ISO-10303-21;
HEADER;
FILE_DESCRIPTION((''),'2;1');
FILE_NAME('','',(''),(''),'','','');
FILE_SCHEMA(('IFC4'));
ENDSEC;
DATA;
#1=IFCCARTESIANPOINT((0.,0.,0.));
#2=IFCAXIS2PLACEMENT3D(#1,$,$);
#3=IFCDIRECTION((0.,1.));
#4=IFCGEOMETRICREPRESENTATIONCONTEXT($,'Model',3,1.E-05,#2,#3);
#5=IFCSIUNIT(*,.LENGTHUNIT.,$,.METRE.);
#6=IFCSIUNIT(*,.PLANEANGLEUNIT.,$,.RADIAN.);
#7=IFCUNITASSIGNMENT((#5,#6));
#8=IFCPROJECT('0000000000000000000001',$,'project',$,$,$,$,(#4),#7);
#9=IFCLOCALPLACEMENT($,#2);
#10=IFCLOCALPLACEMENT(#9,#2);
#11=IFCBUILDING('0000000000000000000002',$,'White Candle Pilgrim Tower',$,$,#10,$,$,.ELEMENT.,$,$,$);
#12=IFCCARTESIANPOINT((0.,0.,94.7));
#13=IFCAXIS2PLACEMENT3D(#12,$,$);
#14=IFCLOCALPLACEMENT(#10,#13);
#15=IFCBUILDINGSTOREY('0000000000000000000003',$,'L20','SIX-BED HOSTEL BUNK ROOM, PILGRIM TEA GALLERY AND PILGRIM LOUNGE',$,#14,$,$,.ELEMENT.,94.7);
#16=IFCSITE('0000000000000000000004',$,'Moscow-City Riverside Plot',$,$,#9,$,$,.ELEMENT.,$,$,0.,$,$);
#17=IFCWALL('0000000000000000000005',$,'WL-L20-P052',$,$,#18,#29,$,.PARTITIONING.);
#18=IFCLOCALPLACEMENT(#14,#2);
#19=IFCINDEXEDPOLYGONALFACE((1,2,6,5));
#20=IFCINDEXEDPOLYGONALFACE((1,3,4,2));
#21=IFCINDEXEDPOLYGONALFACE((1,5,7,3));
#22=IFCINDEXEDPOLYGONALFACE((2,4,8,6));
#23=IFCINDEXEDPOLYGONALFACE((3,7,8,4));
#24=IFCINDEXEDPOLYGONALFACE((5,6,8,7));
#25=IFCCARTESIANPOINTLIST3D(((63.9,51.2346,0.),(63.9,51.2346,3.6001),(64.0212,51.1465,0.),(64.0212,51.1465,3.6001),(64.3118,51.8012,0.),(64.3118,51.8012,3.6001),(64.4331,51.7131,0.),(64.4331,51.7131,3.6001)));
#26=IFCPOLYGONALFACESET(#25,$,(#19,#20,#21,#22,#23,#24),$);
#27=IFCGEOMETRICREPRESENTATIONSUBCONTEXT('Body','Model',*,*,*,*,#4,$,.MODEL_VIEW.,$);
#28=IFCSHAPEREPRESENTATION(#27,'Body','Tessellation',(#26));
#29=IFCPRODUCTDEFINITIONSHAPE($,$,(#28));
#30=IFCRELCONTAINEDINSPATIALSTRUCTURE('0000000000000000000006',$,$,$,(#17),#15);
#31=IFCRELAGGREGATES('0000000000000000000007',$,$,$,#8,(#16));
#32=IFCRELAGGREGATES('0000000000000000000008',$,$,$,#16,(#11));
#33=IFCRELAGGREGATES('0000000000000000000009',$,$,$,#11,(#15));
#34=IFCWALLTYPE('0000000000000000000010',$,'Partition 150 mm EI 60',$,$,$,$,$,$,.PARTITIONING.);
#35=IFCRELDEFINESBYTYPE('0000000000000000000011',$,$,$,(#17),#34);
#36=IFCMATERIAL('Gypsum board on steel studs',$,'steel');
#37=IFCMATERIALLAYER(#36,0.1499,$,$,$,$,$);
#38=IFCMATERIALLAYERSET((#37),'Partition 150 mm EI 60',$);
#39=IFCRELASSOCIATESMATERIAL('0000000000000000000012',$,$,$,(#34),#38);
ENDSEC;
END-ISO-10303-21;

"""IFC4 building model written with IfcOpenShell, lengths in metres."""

from ifc_helpers import new_model, si_unit, direction, frame, frame_2d, origin, place, context, subcontext, project, spatial, rectangle, extrude, material, layer, layer_set, type_object, element, save


model = new_model("IFC4")

# Units and contexts
model_context = context("Model", 3, precision=1e-05, world=origin(), true_north=direction((0.0, 1.0)))
body_context = subcontext(model_context, "Body", "Model", "MODEL_VIEW")
ifc_project = project(units=[si_unit("LENGTHUNIT", "METRE"), si_unit("PLANEANGLEUNIT", "RADIAN")], contexts=[model_context])

# Site, building, storey
site_placement = place(None, origin())
site = spatial("IfcSite", under=ifc_project, at=site_placement, Name="Moscow-City Riverside Plot", CompositionType="ELEMENT", RefElevation=0.0)
building_placement = place(site_placement, origin())
building = spatial("IfcBuilding", under=site, at=building_placement, Name="White Candle Pilgrim Tower", CompositionType="ELEMENT")
storey_placement = place(building_placement, frame((0.0, 0.0, 94.7)))
storey = spatial("IfcBuildingStorey", under=building, at=storey_placement, Name="L20", Description="SIX-BED HOSTEL BUNK ROOM, PILGRIM TEA GALLERY AND PILGRIM LOUNGE", CompositionType="ELEMENT", Elevation=94.7)

# Shared definitions
ifc_material_1 = material(Name="Gypsum board on steel studs", Category="steel")
ifc_layer_1 = layer(ifc_material_1, 0.1499)
ifc_layer_set_1 = layer_set([ifc_layer_1], Name="Partition 150 mm EI 60")
wall_type_1 = type_object("IfcWallType", Name="Partition 150 mm EI 60", PredefinedType="PARTITIONING", material=ifc_layer_set_1)

# Wall
wall_1_placement = place(storey_placement, frame((63.9607, 51.1907, 0.0), z_axis=(0.0, 0.0, 1.0), x_axis=(0.587944, 0.808902, 0.0)))
element("IfcWall", 1, at=wall_1_placement, inside=storey, type_object=wall_type_1, Name="WL-L20-P052", PredefinedType="PARTITIONING", context=body_context, shape_type="SweptSolid", body=[
    extrude(rectangle(XDim=0.7004, YDim=0.1499, at=frame_2d((0.3501, 0.0))), origin(), (0.0, 0.0, 1.0), 3.6001),
])

save(model, "model.ifc")
